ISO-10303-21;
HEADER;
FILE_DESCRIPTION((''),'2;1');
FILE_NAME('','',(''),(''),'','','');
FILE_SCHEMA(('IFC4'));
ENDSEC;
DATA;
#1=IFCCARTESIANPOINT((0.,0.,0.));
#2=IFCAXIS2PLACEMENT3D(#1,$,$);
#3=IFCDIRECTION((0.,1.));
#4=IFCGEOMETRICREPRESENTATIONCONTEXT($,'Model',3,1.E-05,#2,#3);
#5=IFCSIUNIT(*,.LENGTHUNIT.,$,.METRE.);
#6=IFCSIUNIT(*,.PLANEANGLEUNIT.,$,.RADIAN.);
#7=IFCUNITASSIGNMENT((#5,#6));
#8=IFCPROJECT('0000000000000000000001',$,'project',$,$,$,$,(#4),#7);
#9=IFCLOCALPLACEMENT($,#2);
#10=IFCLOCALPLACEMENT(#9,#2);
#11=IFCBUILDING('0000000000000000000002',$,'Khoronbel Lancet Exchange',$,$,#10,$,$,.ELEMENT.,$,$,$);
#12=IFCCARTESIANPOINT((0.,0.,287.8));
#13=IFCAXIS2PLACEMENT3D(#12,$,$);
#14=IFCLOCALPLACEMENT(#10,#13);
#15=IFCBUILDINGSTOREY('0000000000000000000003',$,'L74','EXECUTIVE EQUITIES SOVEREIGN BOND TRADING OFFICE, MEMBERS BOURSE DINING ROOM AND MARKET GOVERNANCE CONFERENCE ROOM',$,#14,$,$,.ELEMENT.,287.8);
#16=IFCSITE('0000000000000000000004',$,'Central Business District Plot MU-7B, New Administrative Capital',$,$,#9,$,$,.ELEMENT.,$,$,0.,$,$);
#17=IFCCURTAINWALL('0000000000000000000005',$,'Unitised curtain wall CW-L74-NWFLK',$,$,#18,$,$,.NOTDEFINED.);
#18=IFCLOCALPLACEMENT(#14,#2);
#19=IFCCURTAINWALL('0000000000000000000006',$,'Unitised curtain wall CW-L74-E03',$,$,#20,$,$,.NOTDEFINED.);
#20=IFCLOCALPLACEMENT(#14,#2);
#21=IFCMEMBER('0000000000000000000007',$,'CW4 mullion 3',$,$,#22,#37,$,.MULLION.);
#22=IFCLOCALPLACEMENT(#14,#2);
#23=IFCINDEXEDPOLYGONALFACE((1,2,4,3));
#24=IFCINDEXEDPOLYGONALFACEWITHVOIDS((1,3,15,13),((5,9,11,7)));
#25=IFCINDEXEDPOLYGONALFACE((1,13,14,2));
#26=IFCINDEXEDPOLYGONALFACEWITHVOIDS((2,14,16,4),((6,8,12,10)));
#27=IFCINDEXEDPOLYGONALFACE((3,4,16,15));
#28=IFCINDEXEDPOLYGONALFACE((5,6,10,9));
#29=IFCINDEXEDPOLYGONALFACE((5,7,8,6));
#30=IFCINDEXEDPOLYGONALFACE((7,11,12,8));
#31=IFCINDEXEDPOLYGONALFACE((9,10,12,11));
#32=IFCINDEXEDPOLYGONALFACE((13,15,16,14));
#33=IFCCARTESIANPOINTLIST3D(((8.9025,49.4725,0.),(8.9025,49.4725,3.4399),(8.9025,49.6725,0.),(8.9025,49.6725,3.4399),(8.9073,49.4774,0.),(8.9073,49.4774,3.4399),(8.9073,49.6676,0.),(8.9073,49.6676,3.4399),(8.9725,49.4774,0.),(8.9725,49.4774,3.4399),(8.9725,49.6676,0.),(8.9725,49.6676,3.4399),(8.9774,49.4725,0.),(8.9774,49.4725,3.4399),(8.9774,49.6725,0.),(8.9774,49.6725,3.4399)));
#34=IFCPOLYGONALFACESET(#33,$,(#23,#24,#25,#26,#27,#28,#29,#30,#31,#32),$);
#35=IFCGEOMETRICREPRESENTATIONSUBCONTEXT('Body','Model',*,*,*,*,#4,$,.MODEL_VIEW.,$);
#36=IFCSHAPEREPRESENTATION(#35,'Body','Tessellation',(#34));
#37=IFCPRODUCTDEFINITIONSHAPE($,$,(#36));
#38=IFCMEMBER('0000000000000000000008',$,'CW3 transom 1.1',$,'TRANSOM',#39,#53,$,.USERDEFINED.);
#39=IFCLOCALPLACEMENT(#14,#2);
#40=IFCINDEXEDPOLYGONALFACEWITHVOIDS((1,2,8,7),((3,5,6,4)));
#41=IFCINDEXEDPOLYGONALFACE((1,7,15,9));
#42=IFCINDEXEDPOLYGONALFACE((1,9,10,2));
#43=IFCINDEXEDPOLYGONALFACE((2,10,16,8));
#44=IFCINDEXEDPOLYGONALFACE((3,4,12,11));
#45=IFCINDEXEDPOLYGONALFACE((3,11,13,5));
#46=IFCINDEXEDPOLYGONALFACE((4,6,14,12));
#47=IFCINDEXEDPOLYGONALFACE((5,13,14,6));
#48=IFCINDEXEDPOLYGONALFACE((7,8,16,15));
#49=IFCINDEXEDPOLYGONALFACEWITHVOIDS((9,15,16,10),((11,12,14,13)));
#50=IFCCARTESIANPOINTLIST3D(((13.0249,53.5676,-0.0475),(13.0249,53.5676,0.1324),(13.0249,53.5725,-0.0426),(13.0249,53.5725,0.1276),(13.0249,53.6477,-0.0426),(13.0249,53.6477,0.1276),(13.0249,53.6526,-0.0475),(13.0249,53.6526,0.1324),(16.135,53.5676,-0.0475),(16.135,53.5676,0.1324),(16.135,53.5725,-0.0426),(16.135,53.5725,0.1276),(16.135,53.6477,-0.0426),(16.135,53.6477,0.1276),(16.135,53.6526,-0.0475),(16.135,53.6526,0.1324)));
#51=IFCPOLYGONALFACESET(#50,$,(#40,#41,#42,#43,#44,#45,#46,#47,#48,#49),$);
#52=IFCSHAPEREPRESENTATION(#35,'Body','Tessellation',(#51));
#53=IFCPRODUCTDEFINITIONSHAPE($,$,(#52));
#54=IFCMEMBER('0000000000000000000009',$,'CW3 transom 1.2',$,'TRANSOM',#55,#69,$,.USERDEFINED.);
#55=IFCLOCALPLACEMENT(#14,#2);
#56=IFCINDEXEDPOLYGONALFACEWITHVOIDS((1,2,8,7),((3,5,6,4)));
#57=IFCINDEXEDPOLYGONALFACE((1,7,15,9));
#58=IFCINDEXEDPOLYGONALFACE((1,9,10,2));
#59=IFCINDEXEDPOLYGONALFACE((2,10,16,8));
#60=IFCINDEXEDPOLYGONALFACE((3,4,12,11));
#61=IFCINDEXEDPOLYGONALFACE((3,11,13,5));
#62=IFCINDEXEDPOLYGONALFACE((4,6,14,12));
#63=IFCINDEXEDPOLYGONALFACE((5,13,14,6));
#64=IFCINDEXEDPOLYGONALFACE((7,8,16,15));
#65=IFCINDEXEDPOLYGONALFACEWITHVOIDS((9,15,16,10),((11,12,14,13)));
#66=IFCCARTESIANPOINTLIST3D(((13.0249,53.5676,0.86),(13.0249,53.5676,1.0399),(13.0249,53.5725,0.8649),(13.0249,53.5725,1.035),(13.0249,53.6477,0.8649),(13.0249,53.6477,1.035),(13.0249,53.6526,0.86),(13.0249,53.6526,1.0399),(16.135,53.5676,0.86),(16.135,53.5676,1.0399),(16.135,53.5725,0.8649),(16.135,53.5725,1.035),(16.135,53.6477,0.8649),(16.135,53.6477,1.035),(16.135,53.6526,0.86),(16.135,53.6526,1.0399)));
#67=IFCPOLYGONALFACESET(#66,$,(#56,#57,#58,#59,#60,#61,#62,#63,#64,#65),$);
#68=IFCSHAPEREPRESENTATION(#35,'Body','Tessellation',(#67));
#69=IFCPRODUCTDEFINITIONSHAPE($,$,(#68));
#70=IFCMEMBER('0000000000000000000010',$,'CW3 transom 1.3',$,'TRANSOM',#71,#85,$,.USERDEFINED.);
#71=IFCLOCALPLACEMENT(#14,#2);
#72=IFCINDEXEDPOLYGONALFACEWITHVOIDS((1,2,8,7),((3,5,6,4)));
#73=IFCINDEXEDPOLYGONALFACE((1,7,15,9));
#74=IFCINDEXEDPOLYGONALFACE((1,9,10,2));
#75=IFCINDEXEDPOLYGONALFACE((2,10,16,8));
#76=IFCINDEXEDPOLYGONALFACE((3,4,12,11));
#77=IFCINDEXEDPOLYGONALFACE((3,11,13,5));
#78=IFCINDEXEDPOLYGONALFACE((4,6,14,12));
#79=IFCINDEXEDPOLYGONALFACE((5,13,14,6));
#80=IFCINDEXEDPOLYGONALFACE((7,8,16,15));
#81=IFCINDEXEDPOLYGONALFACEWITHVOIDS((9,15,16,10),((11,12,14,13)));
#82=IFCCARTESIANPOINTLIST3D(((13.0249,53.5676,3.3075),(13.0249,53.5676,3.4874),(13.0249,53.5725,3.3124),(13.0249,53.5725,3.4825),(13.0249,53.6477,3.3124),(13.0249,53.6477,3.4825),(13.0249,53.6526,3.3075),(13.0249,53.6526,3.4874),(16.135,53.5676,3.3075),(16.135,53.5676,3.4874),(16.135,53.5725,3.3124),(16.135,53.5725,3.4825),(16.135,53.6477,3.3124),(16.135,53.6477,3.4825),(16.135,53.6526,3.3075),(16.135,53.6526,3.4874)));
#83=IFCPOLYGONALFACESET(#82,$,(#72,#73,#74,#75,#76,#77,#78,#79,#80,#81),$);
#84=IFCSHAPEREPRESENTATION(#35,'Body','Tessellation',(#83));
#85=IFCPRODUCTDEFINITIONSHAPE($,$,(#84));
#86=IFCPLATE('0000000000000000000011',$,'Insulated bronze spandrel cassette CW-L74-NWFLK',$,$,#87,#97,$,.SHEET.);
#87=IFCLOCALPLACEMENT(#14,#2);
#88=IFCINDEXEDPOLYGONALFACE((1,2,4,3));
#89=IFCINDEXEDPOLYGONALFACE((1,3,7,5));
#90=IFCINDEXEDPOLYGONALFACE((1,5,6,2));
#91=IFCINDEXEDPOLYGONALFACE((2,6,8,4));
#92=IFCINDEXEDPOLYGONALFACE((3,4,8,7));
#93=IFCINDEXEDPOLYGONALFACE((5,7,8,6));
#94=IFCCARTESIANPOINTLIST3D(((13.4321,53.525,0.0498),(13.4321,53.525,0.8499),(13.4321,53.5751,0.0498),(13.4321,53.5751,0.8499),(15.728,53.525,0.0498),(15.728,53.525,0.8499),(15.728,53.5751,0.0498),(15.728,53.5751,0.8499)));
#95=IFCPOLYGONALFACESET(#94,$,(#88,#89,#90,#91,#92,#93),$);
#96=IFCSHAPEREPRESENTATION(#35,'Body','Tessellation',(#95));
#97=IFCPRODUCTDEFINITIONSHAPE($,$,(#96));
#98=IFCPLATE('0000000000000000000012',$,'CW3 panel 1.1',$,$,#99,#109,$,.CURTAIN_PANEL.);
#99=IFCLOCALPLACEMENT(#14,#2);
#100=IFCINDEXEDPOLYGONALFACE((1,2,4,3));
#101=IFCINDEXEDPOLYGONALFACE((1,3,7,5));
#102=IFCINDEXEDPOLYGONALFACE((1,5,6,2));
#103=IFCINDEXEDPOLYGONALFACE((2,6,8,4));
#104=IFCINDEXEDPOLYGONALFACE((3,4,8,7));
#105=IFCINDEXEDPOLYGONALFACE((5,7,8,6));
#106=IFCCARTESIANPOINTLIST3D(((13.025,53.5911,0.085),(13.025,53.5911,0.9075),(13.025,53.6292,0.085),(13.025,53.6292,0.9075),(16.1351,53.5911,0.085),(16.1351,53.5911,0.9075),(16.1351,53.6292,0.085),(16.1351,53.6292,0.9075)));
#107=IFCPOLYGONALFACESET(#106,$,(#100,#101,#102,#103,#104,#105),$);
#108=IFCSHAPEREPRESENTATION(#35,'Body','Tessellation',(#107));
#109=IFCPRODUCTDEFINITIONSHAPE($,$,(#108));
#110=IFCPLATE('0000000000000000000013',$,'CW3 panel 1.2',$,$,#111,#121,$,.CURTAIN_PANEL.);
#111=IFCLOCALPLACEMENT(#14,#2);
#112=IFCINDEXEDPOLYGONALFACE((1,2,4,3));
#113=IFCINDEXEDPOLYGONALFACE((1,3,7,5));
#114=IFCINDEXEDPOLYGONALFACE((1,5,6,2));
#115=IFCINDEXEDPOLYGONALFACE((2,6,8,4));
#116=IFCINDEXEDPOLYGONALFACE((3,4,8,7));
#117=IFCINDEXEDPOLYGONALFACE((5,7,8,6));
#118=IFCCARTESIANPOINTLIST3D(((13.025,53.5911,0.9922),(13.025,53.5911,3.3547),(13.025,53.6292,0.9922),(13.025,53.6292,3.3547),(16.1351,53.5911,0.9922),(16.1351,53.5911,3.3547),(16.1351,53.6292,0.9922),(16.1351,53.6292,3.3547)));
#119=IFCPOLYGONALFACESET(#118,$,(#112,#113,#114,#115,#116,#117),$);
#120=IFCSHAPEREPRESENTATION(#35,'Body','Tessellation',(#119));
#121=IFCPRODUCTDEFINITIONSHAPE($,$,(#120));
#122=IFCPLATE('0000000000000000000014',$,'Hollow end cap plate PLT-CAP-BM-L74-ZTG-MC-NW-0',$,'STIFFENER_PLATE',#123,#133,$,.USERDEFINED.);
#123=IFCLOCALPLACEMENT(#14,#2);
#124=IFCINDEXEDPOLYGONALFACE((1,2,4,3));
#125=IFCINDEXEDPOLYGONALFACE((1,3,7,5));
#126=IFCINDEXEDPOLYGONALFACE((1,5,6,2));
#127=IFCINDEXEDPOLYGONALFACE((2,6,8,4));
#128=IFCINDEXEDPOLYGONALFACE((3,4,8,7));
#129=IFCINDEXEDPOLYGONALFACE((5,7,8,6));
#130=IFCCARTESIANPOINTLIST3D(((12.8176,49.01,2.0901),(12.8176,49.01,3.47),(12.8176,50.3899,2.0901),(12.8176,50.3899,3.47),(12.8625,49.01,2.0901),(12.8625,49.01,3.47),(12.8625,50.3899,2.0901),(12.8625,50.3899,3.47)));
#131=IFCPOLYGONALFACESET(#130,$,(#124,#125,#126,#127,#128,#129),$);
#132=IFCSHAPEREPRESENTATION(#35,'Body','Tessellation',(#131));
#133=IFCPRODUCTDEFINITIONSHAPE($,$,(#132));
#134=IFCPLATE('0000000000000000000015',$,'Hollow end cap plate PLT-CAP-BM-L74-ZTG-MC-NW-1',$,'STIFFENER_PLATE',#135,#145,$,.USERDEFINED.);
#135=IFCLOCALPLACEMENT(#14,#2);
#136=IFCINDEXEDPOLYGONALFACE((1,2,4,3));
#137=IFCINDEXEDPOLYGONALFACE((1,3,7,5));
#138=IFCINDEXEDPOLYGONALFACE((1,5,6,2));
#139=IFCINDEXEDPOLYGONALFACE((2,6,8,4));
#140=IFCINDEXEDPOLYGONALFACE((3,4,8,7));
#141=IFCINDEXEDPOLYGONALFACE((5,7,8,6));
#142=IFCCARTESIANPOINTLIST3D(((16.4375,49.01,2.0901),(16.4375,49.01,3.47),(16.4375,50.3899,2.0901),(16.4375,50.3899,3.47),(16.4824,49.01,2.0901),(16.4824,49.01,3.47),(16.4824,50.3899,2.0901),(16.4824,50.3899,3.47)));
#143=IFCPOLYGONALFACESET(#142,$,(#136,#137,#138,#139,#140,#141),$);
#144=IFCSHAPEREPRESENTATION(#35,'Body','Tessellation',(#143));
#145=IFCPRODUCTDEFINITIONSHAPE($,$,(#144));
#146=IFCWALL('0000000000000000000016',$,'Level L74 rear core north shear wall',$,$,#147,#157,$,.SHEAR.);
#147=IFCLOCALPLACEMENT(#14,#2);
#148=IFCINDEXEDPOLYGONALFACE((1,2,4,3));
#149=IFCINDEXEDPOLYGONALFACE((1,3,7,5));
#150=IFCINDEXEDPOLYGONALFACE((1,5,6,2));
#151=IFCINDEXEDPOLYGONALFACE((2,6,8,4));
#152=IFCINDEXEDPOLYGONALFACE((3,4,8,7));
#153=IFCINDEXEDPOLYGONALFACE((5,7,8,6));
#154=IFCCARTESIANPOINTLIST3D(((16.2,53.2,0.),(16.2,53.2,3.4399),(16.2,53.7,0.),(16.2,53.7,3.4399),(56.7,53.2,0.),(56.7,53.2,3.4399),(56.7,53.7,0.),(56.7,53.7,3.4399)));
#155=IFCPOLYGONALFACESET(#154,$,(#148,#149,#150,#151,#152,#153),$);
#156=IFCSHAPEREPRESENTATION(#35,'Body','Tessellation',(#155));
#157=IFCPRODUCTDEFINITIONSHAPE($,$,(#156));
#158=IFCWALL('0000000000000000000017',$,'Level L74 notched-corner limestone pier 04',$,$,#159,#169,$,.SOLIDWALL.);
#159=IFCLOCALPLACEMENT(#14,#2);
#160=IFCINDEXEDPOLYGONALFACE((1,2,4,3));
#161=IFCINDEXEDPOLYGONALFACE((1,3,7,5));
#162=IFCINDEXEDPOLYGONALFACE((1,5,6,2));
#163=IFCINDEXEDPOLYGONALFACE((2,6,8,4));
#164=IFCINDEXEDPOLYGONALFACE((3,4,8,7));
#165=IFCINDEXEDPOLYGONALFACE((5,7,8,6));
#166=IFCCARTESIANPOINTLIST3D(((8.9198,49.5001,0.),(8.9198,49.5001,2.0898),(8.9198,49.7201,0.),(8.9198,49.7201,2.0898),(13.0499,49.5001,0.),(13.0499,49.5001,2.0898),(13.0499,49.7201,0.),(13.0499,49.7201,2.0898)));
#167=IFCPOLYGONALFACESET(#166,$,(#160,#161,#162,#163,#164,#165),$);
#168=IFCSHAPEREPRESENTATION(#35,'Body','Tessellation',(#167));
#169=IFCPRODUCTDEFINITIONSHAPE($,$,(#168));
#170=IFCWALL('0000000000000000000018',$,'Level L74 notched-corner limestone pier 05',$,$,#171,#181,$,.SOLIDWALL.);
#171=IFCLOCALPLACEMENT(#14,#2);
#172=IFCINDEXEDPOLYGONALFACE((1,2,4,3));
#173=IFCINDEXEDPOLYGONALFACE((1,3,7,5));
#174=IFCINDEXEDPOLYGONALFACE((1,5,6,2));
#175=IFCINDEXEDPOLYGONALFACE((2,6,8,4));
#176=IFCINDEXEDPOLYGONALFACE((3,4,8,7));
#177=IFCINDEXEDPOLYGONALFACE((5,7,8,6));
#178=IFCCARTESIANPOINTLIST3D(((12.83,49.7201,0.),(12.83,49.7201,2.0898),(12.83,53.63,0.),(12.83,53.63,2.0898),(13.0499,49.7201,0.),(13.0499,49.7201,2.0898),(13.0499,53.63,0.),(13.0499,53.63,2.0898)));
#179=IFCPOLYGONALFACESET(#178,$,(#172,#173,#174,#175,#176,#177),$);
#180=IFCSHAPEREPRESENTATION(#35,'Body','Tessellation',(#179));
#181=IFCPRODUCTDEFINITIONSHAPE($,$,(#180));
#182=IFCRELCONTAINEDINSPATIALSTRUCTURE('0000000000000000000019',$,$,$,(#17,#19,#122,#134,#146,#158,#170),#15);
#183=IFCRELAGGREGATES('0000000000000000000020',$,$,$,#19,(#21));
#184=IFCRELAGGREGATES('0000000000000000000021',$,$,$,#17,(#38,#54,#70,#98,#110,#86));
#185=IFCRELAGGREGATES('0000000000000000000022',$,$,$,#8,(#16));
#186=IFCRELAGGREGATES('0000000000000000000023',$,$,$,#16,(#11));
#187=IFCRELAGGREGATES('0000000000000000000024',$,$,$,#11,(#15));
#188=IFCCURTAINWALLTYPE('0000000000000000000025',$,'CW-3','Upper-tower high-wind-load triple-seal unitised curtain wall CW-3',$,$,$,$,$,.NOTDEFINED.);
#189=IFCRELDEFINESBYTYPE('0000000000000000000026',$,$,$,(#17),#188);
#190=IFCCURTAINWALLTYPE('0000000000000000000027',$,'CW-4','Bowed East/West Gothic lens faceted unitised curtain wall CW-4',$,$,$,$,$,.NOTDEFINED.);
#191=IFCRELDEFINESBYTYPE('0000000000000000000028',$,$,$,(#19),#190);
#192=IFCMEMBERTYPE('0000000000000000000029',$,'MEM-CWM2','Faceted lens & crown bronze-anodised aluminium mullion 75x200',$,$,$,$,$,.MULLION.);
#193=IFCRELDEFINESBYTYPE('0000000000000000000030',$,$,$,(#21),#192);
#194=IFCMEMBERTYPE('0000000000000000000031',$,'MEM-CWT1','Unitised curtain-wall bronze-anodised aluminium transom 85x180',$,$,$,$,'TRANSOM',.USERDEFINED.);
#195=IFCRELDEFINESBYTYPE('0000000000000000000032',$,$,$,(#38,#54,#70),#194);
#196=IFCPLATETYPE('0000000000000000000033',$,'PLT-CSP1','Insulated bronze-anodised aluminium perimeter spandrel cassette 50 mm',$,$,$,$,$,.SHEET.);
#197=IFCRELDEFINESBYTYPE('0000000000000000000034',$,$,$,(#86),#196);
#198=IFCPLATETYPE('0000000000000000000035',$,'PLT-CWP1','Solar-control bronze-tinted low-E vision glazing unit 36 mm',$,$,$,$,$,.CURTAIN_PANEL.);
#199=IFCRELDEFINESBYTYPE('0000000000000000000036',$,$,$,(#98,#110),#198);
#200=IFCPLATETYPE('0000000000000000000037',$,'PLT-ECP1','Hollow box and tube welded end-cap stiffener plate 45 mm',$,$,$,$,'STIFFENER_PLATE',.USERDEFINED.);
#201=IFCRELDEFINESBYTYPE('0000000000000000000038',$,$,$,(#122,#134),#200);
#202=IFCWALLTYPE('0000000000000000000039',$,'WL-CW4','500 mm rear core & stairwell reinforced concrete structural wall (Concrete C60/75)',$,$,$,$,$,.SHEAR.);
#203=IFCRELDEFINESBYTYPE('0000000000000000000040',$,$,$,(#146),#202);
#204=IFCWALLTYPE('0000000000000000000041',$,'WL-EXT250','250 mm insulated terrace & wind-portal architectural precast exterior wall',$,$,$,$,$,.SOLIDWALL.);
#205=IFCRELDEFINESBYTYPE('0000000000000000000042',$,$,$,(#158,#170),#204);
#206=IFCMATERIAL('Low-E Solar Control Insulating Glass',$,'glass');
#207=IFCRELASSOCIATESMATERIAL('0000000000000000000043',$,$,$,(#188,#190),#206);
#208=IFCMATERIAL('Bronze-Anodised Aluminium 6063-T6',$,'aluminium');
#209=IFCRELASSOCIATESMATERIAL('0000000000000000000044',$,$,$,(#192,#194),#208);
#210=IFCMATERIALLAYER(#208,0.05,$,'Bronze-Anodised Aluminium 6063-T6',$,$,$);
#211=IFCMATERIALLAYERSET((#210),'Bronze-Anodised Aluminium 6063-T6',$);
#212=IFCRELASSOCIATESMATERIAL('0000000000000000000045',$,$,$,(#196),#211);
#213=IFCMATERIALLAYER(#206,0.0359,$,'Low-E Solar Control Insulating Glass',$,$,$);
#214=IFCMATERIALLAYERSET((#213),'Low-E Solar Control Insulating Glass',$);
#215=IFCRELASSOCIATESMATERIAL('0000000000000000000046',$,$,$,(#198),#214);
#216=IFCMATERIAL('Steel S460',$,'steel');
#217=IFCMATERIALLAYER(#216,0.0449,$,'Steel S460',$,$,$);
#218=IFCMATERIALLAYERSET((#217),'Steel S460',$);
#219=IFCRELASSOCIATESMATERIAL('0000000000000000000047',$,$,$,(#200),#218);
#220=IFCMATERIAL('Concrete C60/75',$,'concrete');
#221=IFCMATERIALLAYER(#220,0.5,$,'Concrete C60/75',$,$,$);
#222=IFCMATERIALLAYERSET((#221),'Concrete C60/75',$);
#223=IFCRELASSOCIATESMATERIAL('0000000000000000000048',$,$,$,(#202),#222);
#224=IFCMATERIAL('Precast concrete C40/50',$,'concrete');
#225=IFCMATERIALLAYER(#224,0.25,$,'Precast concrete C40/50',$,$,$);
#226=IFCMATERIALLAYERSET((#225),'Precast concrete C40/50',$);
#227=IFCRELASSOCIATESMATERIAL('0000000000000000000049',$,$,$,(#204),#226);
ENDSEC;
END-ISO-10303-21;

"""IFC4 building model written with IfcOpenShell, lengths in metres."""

from ifc_helpers import new_model, si_unit, direction, frame, frame_2d, origin, origin_2d, place, context, subcontext, project, spatial, rectangle, hollow_rectangle, extrude, material, layer, layer_set, material_profile, profile_set, type_object, element, aggregate, save


model = new_model("IFC4")

# Units and contexts
model_context = context("Model", 3, precision=1e-05, world=origin(), true_north=direction((0.0, 1.0)))
body_context = subcontext(model_context, "Body", "Model", "MODEL_VIEW")
ifc_project = project(units=[si_unit("LENGTHUNIT", "METRE"), si_unit("PLANEANGLEUNIT", "RADIAN")], contexts=[model_context])

# Site, building, storey
site_placement = place(None, origin())
site = spatial("IfcSite", under=ifc_project, at=site_placement, Name="Central Business District Plot MU-7B, New Administrative Capital", CompositionType="ELEMENT", RefElevation=0.0)
building_placement = place(site_placement, origin())
building = spatial("IfcBuilding", under=site, at=building_placement, Name="Khoronbel Lancet Exchange", CompositionType="ELEMENT")
storey_placement = place(building_placement, frame((0.0, 0.0, 287.8)))
storey = spatial("IfcBuildingStorey", under=building, at=storey_placement, Name="L74", Description="EXECUTIVE EQUITIES SOVEREIGN BOND TRADING OFFICE, MEMBERS BOURSE DINING ROOM AND MARKET GOVERNANCE CONFERENCE ROOM", CompositionType="ELEMENT", Elevation=287.8)

# Shared definitions
ifc_material_1 = material(Name="Steel S460", Category="steel")

# Curtain wall
ifc_material_2 = material(Name="Low-E Solar Control Insulating Glass", Category="glass")
curtain_wall_type_1 = type_object("IfcCurtainWallType", Name="CW-3", Description="Upper-tower high-wind-load triple-seal unitised curtain wall CW-3", PredefinedType="NOTDEFINED", material=ifc_material_2)
curtain_wall_1_placement = place(storey_placement, origin())
curtain_wall_1 = element("IfcCurtainWall", 1, at=curtain_wall_1_placement, inside=storey, type_object=curtain_wall_type_1, Name="Unitised curtain wall CW-L74-NWFLK", PredefinedType="NOTDEFINED")
ifc_material_3 = material(Name="Bronze-Anodised Aluminium 6063-T6", Category="aluminium")

# Curtain wall, member
curtain_wall_type_2 = type_object("IfcCurtainWallType", Name="CW-4", Description="Bowed East/West Gothic lens faceted unitised curtain wall CW-4", PredefinedType="NOTDEFINED", material=ifc_material_2)
curtain_wall_2_placement = place(storey_placement, origin())
curtain_wall_2 = element("IfcCurtainWall", 2, at=curtain_wall_2_placement, inside=storey, type_object=curtain_wall_type_2, Name="Unitised curtain wall CW-L74-E03", PredefinedType="NOTDEFINED")
ifc_material_profile_1 = material_profile(ifc_material_3, hollow_rectangle(XDim=0.075, YDim=0.2, WallThickness=0.0049, at=origin_2d()), Name="ALU MULLION 75x200")
ifc_profile_set_1 = profile_set([ifc_material_profile_1], Name="Bronze-Anodised Aluminium 6063-T6")
member_type_1 = type_object("IfcMemberType", Name="MEM-CWM2", Description="Faceted lens & crown bronze-anodised aluminium mullion 75x200", PredefinedType="MULLION", material=ifc_profile_set_1)
member_1_placement = place(storey_placement, frame((8.9399, 49.5725, 0.0), z_axis=(0.0, 0.0, 1.0), x_axis=(-1.0, 0.0, 0.0)))
member_1 = element("IfcMember", 3, at=member_1_placement, type_object=member_type_1, Name="CW4 mullion 3", PredefinedType="MULLION", context=body_context, shape_type="SweptSolid", body=[
    extrude(hollow_rectangle(XDim=0.075, YDim=0.2, WallThickness=0.0049, at=origin_2d()), origin(), (0.0, 0.0, 1.0), 3.4399),
])
aggregate(curtain_wall_2, [member_1])

# Members
ifc_material_profile_2 = material_profile(ifc_material_3, hollow_rectangle(XDim=0.085, YDim=0.1799, WallThickness=0.0049, at=origin_2d()), Name="ALU TRANSOM 85x180")
ifc_profile_set_2 = profile_set([ifc_material_profile_2], Name="Bronze-Anodised Aluminium 6063-T6")
member_type_2 = type_object("IfcMemberType", Name="MEM-CWT1", Description="Unitised curtain-wall bronze-anodised aluminium transom 85x180", ElementType="TRANSOM", PredefinedType="USERDEFINED", material=ifc_profile_set_2)
member_2_placement = place(storey_placement, frame((16.135, 53.6101, 0.0425), z_axis=(-1.0, 0.0, 0.0), x_axis=(0.0, -1.0, 0.0)))
member_2 = element("IfcMember", 4, at=member_2_placement, type_object=member_type_2, Name="CW3 transom 1.1", ObjectType="TRANSOM", PredefinedType="USERDEFINED", context=body_context, shape_type="SweptSolid", body=[
    extrude(hollow_rectangle(XDim=0.085, YDim=0.1799, WallThickness=0.0049, at=origin_2d()), origin(), (0.0, 0.0, 1.0), 3.1101),
])
member_3_placement = place(storey_placement, frame((16.135, 53.6101, 0.95), z_axis=(-1.0, 0.0, 0.0), x_axis=(0.0, -1.0, 0.0)))
member_3 = element("IfcMember", 5, at=member_3_placement, type_object=member_type_2, Name="CW3 transom 1.2", ObjectType="TRANSOM", PredefinedType="USERDEFINED", context=body_context, shape_type="SweptSolid", body=[
    extrude(hollow_rectangle(XDim=0.085, YDim=0.1799, WallThickness=0.0049, at=origin_2d()), origin(), (0.0, 0.0, 1.0), 3.1101),
])
member_4_placement = place(storey_placement, frame((16.135, 53.6101, 3.3975), z_axis=(-1.0, 0.0, 0.0), x_axis=(0.0, -1.0, 0.0)))
member_4 = element("IfcMember", 6, at=member_4_placement, type_object=member_type_2, Name="CW3 transom 1.3", ObjectType="TRANSOM", PredefinedType="USERDEFINED", context=body_context, shape_type="SweptSolid", body=[
    extrude(hollow_rectangle(XDim=0.085, YDim=0.1799, WallThickness=0.0049, at=origin_2d()), origin(), (0.0, 0.0, 1.0), 3.1101),
])

# Plates
ifc_layer_1 = layer(ifc_material_3, 0.05, Name="Bronze-Anodised Aluminium 6063-T6")
ifc_layer_set_1 = layer_set([ifc_layer_1], Name="Bronze-Anodised Aluminium 6063-T6")
plate_type_1 = type_object("IfcPlateType", Name="PLT-CSP1", Description="Insulated bronze-anodised aluminium perimeter spandrel cassette 50 mm", PredefinedType="SHEET", material=ifc_layer_set_1)
plate_1_placement = place(storey_placement, frame((14.5801, 53.55, 0.0498), z_axis=(0.0, 0.0, 1.0), x_axis=(-1.0, 0.0, 0.0)))
plate_1 = element("IfcPlate", 7, at=plate_1_placement, type_object=plate_type_1, Name="Insulated bronze spandrel cassette CW-L74-NWFLK", PredefinedType="SHEET", context=body_context, shape_type="SweptSolid", body=[
    extrude(rectangle(XDim=2.2959, YDim=0.05, at=origin_2d()), origin(), (0.0, 0.0, 1.0), 0.8),
])
ifc_layer_2 = layer(ifc_material_2, 0.0359, Name="Low-E Solar Control Insulating Glass")
ifc_layer_set_2 = layer_set([ifc_layer_2], Name="Low-E Solar Control Insulating Glass")
plate_type_2 = type_object("IfcPlateType", Name="PLT-CWP1", Description="Solar-control bronze-tinted low-E vision glazing unit 36 mm", PredefinedType="CURTAIN_PANEL", material=ifc_layer_set_2)
plate_2_placement = place(storey_placement, frame((14.5801, 53.6101, 0.085), z_axis=(0.0, 0.0, 1.0), x_axis=(-1.0, 0.0, 0.0)))
plate_2 = element("IfcPlate", 8, at=plate_2_placement, type_object=plate_type_2, Name="CW3 panel 1.1", PredefinedType="CURTAIN_PANEL", context=body_context, shape_type="SweptSolid", body=[
    extrude(rectangle(XDim=3.1101, YDim=0.0381, at=origin_2d()), origin(), (0.0, 0.0, 1.0), 0.8225),
])
plate_3_placement = place(storey_placement, frame((14.5801, 53.6101, 0.9922), z_axis=(0.0, 0.0, 1.0), x_axis=(-1.0, 0.0, 0.0)))
plate_3 = element("IfcPlate", 9, at=plate_3_placement, type_object=plate_type_2, Name="CW3 panel 1.2", PredefinedType="CURTAIN_PANEL", context=body_context, shape_type="SweptSolid", body=[
    extrude(rectangle(XDim=3.1101, YDim=0.0381, at=origin_2d()), origin(), (0.0, 0.0, 1.0), 2.3625),
])
aggregate(curtain_wall_1, [member_2, member_3, member_4, plate_2, plate_3, plate_1])

# Plates
ifc_layer_3 = layer(ifc_material_1, 0.0449, Name="Steel S460")
ifc_layer_set_3 = layer_set([ifc_layer_3], Name="Steel S460")
plate_type_3 = type_object("IfcPlateType", Name="PLT-ECP1", Description="Hollow box and tube welded end-cap stiffener plate 45 mm", ElementType="STIFFENER_PLATE", PredefinedType="USERDEFINED", material=ifc_layer_set_3)
for number, where, z_axis, x_axis, name in (
    (10, (12.8401, 49.7, 2.0901), (0.0, 0.0, 1.0), (-1.0, 0.0, 0.0), "Hollow end cap plate PLT-CAP-BM-L74-ZTG-MC-NW-0"),
    (11, (16.46, 49.7, 2.0901), (0.0, 0.0, 1.0), (1.0, 0.0, 0.0), "Hollow end cap plate PLT-CAP-BM-L74-ZTG-MC-NW-1"),
):
    element("IfcPlate", number, at=place(storey_placement, frame(where, z_axis=z_axis, x_axis=x_axis)), inside=storey, type_object=plate_type_3, Name=name, ObjectType="STIFFENER_PLATE", PredefinedType="USERDEFINED", context=body_context, shape_type="SweptSolid", body=[
        extrude(rectangle(XDim=0.0449, YDim=1.3799, at=origin_2d()), origin(), (0.0, 0.0, 1.0), 1.3799),
    ])

# Walls
ifc_material_4 = material(Name="Concrete C60/75", Category="concrete")
ifc_layer_4 = layer(ifc_material_4, 0.5, Name="Concrete C60/75")
ifc_layer_set_4 = layer_set([ifc_layer_4], Name="Concrete C60/75")
wall_type_1 = type_object("IfcWallType", Name="WL-CW4", Description="500 mm rear core & stairwell reinforced concrete structural wall (Concrete C60/75)", PredefinedType="SHEAR", material=ifc_layer_set_4)
wall_1_placement = place(storey_placement, frame((16.2, 53.45, 0.0), z_axis=(0.0, 0.0, 1.0), x_axis=(1.0, 0.0, 0.0)))
element("IfcWall", 12, at=wall_1_placement, inside=storey, type_object=wall_type_1, Name="Level L74 rear core north shear wall", PredefinedType="SHEAR", context=body_context, shape_type="SweptSolid", body=[
    extrude(rectangle(XDim=40.5, YDim=0.5, at=frame_2d((20.25, 0.0))), origin(), (0.0, 0.0, 1.0), 3.4399),
])
ifc_material_5 = material(Name="Precast concrete C40/50", Category="concrete")
ifc_layer_5 = layer(ifc_material_5, 0.25, Name="Precast concrete C40/50")
ifc_layer_set_5 = layer_set([ifc_layer_5], Name="Precast concrete C40/50")
wall_type_2 = type_object("IfcWallType", Name="WL-EXT250", Description="250 mm insulated terrace & wind-portal architectural precast exterior wall", PredefinedType="SOLIDWALL", material=ifc_layer_set_5)
wall_2_placement = place(storey_placement, frame((8.9199, 49.6101, 0.0), z_axis=(0.0, 0.0, 1.0), x_axis=(1.0, 0.0, 0.0)))
element("IfcWall", 13, at=wall_2_placement, inside=storey, type_object=wall_type_2, Name="Level L74 notched-corner limestone pier 04", PredefinedType="SOLIDWALL", context=body_context, shape_type="SweptSolid", body=[
    extrude(rectangle(XDim=4.1301, YDim=0.22, at=frame_2d((2.0649, 0.0))), origin(), (0.0, 0.0, 1.0), 2.0898),
])
wall_3_placement = place(storey_placement, frame((12.9399, 49.72, 0.0), z_axis=(0.0, 0.0, 1.0), x_axis=(0.0, 1.0, 0.0)))
element("IfcWall", 14, at=wall_3_placement, inside=storey, type_object=wall_type_2, Name="Level L74 notched-corner limestone pier 05", PredefinedType="SOLIDWALL", context=body_context, shape_type="SweptSolid", body=[
    extrude(rectangle(XDim=3.9099, YDim=0.22, at=frame_2d((1.9551, 0.0))), origin(), (0.0, 0.0, 1.0), 2.0898),
])

save(model, "model.ifc")
